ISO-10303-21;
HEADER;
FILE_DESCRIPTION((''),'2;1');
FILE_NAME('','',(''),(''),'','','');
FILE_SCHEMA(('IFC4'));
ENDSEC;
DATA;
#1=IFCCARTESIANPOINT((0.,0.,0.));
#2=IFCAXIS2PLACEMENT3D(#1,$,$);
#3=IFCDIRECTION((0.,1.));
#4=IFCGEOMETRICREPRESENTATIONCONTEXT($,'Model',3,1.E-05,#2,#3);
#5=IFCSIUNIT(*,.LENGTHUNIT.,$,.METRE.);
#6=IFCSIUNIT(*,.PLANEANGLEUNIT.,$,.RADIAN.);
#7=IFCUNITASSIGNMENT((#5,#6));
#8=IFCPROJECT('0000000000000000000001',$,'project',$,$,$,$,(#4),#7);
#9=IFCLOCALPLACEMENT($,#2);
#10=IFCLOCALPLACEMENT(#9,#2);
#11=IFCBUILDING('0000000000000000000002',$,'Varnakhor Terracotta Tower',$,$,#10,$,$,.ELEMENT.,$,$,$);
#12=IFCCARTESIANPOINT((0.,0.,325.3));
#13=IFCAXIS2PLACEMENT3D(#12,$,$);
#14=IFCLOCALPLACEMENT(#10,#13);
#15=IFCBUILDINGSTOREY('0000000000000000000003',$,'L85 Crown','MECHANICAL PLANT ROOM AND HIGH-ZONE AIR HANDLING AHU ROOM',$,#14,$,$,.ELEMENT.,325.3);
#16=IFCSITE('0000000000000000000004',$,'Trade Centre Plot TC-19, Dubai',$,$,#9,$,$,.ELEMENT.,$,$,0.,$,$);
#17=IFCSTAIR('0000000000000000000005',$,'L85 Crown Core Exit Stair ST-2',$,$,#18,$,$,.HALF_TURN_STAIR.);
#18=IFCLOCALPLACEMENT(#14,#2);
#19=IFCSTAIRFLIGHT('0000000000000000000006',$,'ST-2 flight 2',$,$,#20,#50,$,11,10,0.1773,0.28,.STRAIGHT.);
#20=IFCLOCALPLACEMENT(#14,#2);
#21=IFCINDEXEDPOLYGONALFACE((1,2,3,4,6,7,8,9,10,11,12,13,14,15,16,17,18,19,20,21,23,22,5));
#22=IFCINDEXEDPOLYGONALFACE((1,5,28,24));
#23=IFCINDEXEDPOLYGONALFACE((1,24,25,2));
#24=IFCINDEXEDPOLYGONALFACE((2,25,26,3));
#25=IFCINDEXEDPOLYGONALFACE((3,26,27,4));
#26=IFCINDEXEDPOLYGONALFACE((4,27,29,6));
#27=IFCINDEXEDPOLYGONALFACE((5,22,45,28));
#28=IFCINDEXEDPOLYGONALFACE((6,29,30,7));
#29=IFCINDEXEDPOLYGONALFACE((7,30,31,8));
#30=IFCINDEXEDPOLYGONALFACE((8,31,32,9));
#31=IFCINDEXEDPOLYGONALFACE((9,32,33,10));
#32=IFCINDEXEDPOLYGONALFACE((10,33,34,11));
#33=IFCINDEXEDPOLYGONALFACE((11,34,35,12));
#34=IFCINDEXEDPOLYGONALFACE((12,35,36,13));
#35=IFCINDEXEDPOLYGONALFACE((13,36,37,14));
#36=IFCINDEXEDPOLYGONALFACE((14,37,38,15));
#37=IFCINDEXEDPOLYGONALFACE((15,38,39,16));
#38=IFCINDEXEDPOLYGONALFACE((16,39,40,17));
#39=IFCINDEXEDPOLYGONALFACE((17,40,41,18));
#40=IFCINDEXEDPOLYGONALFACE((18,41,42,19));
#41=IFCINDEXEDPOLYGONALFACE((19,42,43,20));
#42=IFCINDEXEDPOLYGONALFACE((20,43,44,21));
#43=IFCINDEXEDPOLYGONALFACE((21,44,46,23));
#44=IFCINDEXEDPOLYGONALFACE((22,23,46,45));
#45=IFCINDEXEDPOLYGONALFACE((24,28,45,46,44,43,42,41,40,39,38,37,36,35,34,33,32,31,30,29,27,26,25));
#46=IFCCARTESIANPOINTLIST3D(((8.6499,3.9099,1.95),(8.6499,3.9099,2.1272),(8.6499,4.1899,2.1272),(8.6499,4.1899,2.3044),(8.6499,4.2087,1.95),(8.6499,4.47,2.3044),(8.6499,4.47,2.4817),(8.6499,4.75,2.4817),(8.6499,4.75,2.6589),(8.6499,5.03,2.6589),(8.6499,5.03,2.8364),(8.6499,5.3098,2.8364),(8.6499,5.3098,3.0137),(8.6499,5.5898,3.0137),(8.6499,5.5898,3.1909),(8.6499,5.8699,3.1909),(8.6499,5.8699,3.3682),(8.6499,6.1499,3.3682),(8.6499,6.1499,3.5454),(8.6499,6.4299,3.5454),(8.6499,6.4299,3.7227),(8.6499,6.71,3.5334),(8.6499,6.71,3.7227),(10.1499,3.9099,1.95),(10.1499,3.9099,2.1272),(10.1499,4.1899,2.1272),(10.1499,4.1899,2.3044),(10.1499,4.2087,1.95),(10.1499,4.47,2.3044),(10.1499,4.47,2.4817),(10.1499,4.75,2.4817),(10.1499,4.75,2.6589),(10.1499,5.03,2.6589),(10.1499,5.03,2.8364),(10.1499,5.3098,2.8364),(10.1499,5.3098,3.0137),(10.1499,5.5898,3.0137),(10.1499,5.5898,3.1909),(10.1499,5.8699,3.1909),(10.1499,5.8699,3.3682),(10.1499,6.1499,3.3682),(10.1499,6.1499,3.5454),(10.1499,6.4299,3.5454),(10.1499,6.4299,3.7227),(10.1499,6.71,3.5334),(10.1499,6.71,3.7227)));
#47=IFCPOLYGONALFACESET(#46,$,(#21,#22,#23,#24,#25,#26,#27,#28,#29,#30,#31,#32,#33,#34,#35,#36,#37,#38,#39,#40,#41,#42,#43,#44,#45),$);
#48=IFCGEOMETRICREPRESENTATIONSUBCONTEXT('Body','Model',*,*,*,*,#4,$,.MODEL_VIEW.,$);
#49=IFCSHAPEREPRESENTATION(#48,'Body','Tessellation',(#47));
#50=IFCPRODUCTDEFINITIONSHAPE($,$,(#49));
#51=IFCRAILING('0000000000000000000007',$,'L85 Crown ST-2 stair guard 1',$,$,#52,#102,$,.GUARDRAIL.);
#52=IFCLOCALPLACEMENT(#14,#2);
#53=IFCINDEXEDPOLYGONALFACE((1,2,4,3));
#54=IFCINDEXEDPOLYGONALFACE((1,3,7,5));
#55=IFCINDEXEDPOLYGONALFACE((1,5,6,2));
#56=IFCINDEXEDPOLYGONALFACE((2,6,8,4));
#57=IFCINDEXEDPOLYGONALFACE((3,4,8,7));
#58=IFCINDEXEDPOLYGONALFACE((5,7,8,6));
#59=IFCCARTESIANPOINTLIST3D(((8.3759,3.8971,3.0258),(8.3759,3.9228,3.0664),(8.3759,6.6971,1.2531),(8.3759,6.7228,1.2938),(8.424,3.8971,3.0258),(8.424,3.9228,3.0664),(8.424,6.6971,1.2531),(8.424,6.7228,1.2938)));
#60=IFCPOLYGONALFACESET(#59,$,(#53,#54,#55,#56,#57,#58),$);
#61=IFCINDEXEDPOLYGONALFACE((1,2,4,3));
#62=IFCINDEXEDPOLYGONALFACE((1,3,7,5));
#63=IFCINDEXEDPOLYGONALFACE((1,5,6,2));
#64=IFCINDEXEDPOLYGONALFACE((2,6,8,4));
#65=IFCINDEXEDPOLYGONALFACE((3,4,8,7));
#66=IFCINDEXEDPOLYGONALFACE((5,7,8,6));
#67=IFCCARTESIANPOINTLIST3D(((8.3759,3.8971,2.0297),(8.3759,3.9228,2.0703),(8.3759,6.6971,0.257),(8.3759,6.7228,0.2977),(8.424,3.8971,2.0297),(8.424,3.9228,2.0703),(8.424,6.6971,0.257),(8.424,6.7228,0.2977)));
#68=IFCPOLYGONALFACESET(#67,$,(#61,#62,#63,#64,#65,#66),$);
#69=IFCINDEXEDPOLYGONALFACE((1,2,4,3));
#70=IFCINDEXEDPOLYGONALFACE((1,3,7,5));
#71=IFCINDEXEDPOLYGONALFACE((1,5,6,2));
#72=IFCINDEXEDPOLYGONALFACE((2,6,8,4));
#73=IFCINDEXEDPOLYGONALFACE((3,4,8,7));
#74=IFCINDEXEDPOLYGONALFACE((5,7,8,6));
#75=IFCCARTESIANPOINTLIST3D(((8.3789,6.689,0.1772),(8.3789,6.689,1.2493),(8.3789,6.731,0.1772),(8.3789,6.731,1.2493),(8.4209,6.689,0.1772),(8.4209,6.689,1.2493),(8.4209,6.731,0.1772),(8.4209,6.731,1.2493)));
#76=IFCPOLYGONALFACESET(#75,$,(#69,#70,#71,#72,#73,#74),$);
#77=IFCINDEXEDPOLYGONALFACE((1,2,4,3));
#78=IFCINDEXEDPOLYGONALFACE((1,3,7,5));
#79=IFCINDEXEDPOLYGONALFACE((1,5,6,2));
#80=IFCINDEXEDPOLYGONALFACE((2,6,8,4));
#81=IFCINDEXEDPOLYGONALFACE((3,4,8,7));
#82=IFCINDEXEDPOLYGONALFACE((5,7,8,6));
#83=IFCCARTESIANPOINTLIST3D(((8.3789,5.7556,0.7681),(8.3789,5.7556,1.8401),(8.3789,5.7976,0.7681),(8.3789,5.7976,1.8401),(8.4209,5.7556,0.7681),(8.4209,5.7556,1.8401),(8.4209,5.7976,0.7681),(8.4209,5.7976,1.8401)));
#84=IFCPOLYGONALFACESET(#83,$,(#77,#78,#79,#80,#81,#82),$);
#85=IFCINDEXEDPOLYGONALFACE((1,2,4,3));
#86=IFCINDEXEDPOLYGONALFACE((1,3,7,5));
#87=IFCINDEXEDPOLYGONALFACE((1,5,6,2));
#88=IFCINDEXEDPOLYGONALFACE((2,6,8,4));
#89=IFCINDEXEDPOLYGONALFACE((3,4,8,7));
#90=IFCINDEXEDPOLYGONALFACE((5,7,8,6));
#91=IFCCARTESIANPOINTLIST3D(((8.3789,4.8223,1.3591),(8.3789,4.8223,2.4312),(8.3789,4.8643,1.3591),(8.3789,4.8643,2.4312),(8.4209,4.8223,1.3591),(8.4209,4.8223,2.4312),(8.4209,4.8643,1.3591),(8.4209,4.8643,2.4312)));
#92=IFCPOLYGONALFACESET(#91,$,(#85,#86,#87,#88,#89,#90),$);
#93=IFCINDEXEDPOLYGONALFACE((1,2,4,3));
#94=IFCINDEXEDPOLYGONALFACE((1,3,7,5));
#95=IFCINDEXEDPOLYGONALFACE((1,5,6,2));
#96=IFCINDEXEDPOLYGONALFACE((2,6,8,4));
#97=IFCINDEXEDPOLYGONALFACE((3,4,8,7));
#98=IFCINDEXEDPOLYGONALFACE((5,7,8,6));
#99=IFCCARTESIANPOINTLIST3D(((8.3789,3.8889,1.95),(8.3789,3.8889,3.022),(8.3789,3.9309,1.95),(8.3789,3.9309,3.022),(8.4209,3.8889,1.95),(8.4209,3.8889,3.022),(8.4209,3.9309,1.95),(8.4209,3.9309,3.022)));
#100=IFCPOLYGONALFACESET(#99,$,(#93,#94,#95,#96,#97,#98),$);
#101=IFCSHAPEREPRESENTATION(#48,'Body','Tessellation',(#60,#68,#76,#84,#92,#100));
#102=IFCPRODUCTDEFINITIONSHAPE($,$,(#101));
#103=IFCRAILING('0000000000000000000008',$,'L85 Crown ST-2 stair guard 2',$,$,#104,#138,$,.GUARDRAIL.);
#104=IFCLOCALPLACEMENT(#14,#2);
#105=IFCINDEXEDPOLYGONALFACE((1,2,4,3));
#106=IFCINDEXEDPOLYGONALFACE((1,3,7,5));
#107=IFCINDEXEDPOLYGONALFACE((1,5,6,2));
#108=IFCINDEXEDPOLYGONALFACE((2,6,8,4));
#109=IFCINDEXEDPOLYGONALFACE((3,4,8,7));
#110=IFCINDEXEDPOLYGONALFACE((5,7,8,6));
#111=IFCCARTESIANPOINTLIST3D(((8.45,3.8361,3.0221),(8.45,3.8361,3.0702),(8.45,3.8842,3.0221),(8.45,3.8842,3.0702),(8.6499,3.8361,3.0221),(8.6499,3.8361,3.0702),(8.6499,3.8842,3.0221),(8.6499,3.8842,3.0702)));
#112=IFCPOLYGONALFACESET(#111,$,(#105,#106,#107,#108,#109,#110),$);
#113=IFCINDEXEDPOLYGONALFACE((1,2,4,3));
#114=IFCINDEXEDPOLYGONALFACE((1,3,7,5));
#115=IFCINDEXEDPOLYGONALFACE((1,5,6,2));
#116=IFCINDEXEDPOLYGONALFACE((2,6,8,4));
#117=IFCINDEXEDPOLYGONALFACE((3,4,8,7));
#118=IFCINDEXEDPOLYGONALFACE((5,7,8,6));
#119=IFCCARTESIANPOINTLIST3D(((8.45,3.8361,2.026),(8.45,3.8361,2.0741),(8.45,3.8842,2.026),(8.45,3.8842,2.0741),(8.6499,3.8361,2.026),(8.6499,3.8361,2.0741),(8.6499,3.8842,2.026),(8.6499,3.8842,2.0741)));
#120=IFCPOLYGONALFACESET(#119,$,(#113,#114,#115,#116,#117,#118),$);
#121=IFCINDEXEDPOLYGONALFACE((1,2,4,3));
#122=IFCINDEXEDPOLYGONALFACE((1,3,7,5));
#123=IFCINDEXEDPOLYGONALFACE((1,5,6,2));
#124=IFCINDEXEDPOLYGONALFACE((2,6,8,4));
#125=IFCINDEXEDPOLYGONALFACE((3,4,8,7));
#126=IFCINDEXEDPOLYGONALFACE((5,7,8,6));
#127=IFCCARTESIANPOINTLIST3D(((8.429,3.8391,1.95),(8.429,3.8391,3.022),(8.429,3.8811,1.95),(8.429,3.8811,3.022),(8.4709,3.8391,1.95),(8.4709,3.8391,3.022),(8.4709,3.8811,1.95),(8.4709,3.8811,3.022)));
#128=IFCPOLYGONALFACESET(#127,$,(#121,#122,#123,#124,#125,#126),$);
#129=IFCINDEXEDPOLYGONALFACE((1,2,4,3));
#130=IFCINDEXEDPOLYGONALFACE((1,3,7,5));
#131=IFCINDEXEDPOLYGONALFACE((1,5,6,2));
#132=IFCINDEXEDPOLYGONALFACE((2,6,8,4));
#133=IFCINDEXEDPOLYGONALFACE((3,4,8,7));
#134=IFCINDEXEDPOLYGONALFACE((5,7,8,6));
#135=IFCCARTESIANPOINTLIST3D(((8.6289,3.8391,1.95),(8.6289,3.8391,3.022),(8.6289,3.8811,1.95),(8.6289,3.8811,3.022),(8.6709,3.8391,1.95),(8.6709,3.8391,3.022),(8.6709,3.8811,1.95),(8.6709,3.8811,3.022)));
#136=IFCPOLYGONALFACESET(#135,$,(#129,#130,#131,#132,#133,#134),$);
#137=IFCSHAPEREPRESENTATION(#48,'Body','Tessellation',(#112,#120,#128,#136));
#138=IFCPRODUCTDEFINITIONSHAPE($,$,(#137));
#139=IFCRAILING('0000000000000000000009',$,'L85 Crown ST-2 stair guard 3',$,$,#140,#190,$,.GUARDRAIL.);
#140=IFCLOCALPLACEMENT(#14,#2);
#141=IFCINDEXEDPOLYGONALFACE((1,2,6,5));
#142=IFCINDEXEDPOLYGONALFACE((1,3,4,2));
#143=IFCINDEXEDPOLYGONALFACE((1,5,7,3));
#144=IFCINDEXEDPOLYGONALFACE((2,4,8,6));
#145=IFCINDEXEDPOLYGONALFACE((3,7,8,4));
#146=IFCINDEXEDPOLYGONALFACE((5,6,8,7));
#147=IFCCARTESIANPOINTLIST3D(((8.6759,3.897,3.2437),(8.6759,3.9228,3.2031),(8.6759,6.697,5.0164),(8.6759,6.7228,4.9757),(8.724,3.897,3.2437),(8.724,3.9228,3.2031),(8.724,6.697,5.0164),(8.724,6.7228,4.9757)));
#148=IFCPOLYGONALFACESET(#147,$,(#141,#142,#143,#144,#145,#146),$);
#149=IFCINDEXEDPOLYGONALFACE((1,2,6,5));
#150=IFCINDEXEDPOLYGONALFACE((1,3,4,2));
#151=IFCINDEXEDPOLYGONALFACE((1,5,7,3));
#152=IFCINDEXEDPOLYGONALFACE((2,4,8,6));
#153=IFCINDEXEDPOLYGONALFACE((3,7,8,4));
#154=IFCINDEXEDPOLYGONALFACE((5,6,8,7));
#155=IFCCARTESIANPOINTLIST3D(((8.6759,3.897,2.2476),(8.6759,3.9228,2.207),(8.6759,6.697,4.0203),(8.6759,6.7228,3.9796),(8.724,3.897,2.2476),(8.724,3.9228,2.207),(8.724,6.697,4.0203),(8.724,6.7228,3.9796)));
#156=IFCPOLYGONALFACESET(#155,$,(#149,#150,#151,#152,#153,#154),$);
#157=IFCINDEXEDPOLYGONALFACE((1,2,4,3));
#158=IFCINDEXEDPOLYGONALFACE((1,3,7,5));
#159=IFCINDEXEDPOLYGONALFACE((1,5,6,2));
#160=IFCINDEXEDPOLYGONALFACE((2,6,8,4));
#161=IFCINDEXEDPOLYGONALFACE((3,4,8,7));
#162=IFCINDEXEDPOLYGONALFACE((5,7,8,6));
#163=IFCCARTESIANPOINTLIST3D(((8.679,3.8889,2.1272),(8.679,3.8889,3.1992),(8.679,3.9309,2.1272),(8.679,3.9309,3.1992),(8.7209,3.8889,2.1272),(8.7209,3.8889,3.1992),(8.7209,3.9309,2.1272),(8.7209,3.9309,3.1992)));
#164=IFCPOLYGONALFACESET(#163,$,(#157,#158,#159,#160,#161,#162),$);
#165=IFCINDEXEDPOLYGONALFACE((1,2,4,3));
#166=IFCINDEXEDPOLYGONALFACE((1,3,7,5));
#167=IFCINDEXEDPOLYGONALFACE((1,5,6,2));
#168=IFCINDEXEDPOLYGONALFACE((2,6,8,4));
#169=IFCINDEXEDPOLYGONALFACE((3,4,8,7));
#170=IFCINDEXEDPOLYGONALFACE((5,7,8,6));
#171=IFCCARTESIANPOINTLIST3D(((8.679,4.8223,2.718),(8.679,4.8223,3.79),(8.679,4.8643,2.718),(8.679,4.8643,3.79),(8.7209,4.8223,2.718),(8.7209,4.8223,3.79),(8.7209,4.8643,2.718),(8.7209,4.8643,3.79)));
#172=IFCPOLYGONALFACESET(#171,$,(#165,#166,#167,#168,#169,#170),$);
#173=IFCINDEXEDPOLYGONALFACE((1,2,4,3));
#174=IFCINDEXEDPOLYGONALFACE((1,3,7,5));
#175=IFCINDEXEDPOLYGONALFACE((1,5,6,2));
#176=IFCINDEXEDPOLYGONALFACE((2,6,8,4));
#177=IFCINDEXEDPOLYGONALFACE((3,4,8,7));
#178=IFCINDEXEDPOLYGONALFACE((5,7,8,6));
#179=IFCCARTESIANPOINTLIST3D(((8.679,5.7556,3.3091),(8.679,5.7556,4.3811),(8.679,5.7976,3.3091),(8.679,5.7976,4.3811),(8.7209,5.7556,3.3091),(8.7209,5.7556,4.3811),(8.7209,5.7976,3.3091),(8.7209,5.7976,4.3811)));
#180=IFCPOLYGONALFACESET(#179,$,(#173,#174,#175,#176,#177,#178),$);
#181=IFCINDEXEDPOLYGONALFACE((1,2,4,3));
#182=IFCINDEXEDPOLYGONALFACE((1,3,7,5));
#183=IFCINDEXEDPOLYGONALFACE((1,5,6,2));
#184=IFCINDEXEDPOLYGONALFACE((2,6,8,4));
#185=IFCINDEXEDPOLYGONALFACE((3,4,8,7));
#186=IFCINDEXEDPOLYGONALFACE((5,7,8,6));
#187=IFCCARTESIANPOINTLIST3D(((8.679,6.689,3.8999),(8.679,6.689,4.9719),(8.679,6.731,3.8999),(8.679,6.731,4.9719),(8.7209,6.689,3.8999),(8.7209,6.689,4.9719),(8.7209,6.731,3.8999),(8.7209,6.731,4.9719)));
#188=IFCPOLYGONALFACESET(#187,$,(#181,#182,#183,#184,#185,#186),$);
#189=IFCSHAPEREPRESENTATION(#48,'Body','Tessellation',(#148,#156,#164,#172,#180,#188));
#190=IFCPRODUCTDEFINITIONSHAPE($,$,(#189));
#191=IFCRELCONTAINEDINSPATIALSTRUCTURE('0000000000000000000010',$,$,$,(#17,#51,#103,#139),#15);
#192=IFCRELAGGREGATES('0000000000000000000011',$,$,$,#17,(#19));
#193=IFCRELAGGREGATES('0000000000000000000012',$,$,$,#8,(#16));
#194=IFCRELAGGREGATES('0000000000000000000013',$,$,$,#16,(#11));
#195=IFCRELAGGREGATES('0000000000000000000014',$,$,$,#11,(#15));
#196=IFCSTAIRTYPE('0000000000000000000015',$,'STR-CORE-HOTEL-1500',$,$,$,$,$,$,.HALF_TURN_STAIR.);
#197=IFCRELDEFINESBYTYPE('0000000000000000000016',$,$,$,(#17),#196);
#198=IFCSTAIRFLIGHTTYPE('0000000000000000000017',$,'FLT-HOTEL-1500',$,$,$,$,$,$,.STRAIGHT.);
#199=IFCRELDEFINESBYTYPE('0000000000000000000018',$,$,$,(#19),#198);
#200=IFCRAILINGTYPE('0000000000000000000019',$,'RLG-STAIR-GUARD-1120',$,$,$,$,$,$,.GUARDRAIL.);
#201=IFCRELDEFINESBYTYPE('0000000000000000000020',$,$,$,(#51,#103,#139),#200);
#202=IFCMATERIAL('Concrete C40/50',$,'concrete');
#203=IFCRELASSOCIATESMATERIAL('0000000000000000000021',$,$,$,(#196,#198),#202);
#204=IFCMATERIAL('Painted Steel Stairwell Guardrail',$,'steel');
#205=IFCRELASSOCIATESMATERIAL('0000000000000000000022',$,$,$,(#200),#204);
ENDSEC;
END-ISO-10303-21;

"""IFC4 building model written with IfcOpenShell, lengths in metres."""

from ifc_helpers import new_model, si_unit, direction, frame, origin, origin_2d, place, context, subcontext, project, spatial, polyline, rectangle, outline, extrude, material, type_object, element, aggregate, save


model = new_model("IFC4")

# Units and contexts
model_context = context("Model", 3, precision=1e-05, world=origin(), true_north=direction((0.0, 1.0)))
body_context = subcontext(model_context, "Body", "Model", "MODEL_VIEW")
ifc_project = project(units=[si_unit("LENGTHUNIT", "METRE"), si_unit("PLANEANGLEUNIT", "RADIAN")], contexts=[model_context])

# Site, building, storey
site_placement = place(None, origin())
site = spatial("IfcSite", under=ifc_project, at=site_placement, Name="Trade Centre Plot TC-19, Dubai", CompositionType="ELEMENT", RefElevation=0.0)
building_placement = place(site_placement, origin())
building = spatial("IfcBuilding", under=site, at=building_placement, Name="Varnakhor Terracotta Tower", CompositionType="ELEMENT")
storey_placement = place(building_placement, frame((0.0, 0.0, 325.3)))
storey = spatial("IfcBuildingStorey", under=building, at=storey_placement, Name="L85 Crown", Description="MECHANICAL PLANT ROOM AND HIGH-ZONE AIR HANDLING AHU ROOM", CompositionType="ELEMENT", Elevation=325.3)

# Stair
ifc_material_1 = material(Name="Concrete C40/50", Category="concrete")
stair_type = type_object("IfcStairType", Name="STR-CORE-HOTEL-1500", PredefinedType="HALF_TURN_STAIR", material=ifc_material_1)
stair_1_placement = place(storey_placement, origin())
stair_1 = element("IfcStair", 1, at=stair_1_placement, inside=storey, type_object=stair_type, Name="L85 Crown Core Exit Stair ST-2", PredefinedType="HALF_TURN_STAIR")

# Stair flight
stair_flight_type = type_object("IfcStairFlightType", Name="FLT-HOTEL-1500", PredefinedType="STRAIGHT", material=ifc_material_1)
stair_flight_1_placement = place(storey_placement, frame((9.3999, 3.9099, 1.95), z_axis=(0.0, 0.0, 1.0), x_axis=(0.0, 1.0, 0.0)))
stair_flight_1 = element("IfcStairFlight", 2, at=stair_flight_1_placement, type_object=stair_flight_type, Name="ST-2 flight 2", NumberOfRisers=11, NumberOfTreads=10, PredefinedType="STRAIGHT", RiserHeight=0.1773, TreadLength=0.28, context=body_context, shape_type="SweptSolid", body=[
    extrude(outline(polyline([(0.0, 0.0), (0.0, 0.1772), (0.28, 0.1772), (0.28, 0.3545), (0.5601, 0.3545), (0.5601, 0.5317), (0.8401, 0.5317), (0.8401, 0.709), (1.1201, 0.709), (1.1201, 0.8865), (1.3999, 0.8865), (1.3999, 1.0637), (1.6799, 1.0637), (1.6799, 1.241), (1.96, 1.241), (1.96, 1.4182), (2.24, 1.4182), (2.24, 1.5955), (2.52, 1.5955), (2.52, 1.7727), (2.8, 1.7727), (2.8, 1.95), (2.8, 1.5835), (0.2988, 0.0), (0.0, 0.0)])), frame((0.0, 0.75, 0.0), z_axis=(0.0, -1.0, 0.0), x_axis=(1.0, 0.0, 0.0)), (0.0, 0.0, 1.0), 1.5),
])
aggregate(stair_1, [stair_flight_1])

# Railings
ifc_material_2 = material(Name="Painted Steel Stairwell Guardrail", Category="steel")
railing_type_1 = type_object("IfcRailingType", Name="RLG-STAIR-GUARD-1120", PredefinedType="GUARDRAIL", material=ifc_material_2)
railing_1_placement = place(storey_placement, frame((8.3999, 6.71, 0.1772)))
element("IfcRailing", 3, at=railing_1_placement, inside=storey, type_object=railing_type_1, Name="L85 Crown ST-2 stair guard 1", PredefinedType="GUARDRAIL", context=body_context, shape_type="SweptSolid", body=[
    extrude(rectangle(XDim=0.0481, YDim=0.0481, at=origin_2d()), frame((0.0, 0.0, 1.0962), z_axis=(0.0, -0.844909, 0.53491), x_axis=(1.0, 0.0, 0.0)), (0.0, 0.0, 1.0), 3.314),
    extrude(rectangle(XDim=0.0481, YDim=0.0481, at=origin_2d()), frame((0.0, 0.0, 0.1001), z_axis=(0.0, -0.844909, 0.53491), x_axis=(1.0, 0.0, 0.0)), (0.0, 0.0, 1.0), 3.314),
    extrude(rectangle(XDim=0.042, YDim=0.042, at=origin_2d()), origin(), (0.0, 0.0, 1.0), 1.072),
    extrude(rectangle(XDim=0.042, YDim=0.042, at=origin_2d()), frame((0.0, -0.9333, 0.5908)), (0.0, 0.0, 1.0), 1.072),
    extrude(rectangle(XDim=0.042, YDim=0.042, at=origin_2d()), frame((0.0, -1.8667, 1.1819)), (0.0, 0.0, 1.0), 1.072),
    extrude(rectangle(XDim=0.042, YDim=0.042, at=origin_2d()), frame((0.0, -2.8, 1.7727)), (0.0, 0.0, 1.0), 1.072),
])
railing_2_placement = place(storey_placement, frame((8.45, 3.8601, 1.95)))
element("IfcRailing", 4, at=railing_2_placement, inside=storey, type_object=railing_type_1, Name="L85 Crown ST-2 stair guard 2", PredefinedType="GUARDRAIL", context=body_context, shape_type="SweptSolid", body=[
    extrude(rectangle(XDim=0.0481, YDim=0.0481, at=origin_2d()), frame((0.0, 0.0, 1.0962), z_axis=(1.0, 0.0, 0.0), x_axis=(0.0, 1.0, 0.0)), (0.0, 0.0, 1.0), 0.2),
    extrude(rectangle(XDim=0.0481, YDim=0.0481, at=origin_2d()), frame((0.0, 0.0, 0.1001), z_axis=(1.0, 0.0, 0.0), x_axis=(0.0, 1.0, 0.0)), (0.0, 0.0, 1.0), 0.2),
    extrude(rectangle(XDim=0.042, YDim=0.042, at=origin_2d()), origin(), (0.0, 0.0, 1.0), 1.072),
    extrude(rectangle(XDim=0.042, YDim=0.042, at=origin_2d()), frame((0.2, 0.0, 0.0)), (0.0, 0.0, 1.0), 1.072),
])
railing_3_placement = place(storey_placement, frame((8.7, 3.9099, 2.1272)))
element("IfcRailing", 5, at=railing_3_placement, inside=storey, type_object=railing_type_1, Name="L85 Crown ST-2 stair guard 3", PredefinedType="GUARDRAIL", context=body_context, shape_type="SweptSolid", body=[
    extrude(rectangle(XDim=0.0481, YDim=0.0481, at=origin_2d()), frame((0.0, 0.0, 1.0962), z_axis=(0.0, 0.844909, 0.53491), x_axis=(-1.0, 0.0, 0.0)), (0.0, 0.0, 1.0), 3.314),
    extrude(rectangle(XDim=0.0481, YDim=0.0481, at=origin_2d()), frame((0.0, 0.0, 0.1001), z_axis=(0.0, 0.844909, 0.53491), x_axis=(-1.0, 0.0, 0.0)), (0.0, 0.0, 1.0), 3.314),
    extrude(rectangle(XDim=0.042, YDim=0.042, at=origin_2d()), origin(), (0.0, 0.0, 1.0), 1.072),
    extrude(rectangle(XDim=0.042, YDim=0.042, at=origin_2d()), frame((0.0, 0.9333, 0.5908)), (0.0, 0.0, 1.0), 1.072),
    extrude(rectangle(XDim=0.042, YDim=0.042, at=origin_2d()), frame((0.0, 1.8667, 1.1819)), (0.0, 0.0, 1.0), 1.072),
    extrude(rectangle(XDim=0.042, YDim=0.042, at=origin_2d()), frame((0.0, 2.8, 1.7727)), (0.0, 0.0, 1.0), 1.072),
])

save(model, "model.ifc")
